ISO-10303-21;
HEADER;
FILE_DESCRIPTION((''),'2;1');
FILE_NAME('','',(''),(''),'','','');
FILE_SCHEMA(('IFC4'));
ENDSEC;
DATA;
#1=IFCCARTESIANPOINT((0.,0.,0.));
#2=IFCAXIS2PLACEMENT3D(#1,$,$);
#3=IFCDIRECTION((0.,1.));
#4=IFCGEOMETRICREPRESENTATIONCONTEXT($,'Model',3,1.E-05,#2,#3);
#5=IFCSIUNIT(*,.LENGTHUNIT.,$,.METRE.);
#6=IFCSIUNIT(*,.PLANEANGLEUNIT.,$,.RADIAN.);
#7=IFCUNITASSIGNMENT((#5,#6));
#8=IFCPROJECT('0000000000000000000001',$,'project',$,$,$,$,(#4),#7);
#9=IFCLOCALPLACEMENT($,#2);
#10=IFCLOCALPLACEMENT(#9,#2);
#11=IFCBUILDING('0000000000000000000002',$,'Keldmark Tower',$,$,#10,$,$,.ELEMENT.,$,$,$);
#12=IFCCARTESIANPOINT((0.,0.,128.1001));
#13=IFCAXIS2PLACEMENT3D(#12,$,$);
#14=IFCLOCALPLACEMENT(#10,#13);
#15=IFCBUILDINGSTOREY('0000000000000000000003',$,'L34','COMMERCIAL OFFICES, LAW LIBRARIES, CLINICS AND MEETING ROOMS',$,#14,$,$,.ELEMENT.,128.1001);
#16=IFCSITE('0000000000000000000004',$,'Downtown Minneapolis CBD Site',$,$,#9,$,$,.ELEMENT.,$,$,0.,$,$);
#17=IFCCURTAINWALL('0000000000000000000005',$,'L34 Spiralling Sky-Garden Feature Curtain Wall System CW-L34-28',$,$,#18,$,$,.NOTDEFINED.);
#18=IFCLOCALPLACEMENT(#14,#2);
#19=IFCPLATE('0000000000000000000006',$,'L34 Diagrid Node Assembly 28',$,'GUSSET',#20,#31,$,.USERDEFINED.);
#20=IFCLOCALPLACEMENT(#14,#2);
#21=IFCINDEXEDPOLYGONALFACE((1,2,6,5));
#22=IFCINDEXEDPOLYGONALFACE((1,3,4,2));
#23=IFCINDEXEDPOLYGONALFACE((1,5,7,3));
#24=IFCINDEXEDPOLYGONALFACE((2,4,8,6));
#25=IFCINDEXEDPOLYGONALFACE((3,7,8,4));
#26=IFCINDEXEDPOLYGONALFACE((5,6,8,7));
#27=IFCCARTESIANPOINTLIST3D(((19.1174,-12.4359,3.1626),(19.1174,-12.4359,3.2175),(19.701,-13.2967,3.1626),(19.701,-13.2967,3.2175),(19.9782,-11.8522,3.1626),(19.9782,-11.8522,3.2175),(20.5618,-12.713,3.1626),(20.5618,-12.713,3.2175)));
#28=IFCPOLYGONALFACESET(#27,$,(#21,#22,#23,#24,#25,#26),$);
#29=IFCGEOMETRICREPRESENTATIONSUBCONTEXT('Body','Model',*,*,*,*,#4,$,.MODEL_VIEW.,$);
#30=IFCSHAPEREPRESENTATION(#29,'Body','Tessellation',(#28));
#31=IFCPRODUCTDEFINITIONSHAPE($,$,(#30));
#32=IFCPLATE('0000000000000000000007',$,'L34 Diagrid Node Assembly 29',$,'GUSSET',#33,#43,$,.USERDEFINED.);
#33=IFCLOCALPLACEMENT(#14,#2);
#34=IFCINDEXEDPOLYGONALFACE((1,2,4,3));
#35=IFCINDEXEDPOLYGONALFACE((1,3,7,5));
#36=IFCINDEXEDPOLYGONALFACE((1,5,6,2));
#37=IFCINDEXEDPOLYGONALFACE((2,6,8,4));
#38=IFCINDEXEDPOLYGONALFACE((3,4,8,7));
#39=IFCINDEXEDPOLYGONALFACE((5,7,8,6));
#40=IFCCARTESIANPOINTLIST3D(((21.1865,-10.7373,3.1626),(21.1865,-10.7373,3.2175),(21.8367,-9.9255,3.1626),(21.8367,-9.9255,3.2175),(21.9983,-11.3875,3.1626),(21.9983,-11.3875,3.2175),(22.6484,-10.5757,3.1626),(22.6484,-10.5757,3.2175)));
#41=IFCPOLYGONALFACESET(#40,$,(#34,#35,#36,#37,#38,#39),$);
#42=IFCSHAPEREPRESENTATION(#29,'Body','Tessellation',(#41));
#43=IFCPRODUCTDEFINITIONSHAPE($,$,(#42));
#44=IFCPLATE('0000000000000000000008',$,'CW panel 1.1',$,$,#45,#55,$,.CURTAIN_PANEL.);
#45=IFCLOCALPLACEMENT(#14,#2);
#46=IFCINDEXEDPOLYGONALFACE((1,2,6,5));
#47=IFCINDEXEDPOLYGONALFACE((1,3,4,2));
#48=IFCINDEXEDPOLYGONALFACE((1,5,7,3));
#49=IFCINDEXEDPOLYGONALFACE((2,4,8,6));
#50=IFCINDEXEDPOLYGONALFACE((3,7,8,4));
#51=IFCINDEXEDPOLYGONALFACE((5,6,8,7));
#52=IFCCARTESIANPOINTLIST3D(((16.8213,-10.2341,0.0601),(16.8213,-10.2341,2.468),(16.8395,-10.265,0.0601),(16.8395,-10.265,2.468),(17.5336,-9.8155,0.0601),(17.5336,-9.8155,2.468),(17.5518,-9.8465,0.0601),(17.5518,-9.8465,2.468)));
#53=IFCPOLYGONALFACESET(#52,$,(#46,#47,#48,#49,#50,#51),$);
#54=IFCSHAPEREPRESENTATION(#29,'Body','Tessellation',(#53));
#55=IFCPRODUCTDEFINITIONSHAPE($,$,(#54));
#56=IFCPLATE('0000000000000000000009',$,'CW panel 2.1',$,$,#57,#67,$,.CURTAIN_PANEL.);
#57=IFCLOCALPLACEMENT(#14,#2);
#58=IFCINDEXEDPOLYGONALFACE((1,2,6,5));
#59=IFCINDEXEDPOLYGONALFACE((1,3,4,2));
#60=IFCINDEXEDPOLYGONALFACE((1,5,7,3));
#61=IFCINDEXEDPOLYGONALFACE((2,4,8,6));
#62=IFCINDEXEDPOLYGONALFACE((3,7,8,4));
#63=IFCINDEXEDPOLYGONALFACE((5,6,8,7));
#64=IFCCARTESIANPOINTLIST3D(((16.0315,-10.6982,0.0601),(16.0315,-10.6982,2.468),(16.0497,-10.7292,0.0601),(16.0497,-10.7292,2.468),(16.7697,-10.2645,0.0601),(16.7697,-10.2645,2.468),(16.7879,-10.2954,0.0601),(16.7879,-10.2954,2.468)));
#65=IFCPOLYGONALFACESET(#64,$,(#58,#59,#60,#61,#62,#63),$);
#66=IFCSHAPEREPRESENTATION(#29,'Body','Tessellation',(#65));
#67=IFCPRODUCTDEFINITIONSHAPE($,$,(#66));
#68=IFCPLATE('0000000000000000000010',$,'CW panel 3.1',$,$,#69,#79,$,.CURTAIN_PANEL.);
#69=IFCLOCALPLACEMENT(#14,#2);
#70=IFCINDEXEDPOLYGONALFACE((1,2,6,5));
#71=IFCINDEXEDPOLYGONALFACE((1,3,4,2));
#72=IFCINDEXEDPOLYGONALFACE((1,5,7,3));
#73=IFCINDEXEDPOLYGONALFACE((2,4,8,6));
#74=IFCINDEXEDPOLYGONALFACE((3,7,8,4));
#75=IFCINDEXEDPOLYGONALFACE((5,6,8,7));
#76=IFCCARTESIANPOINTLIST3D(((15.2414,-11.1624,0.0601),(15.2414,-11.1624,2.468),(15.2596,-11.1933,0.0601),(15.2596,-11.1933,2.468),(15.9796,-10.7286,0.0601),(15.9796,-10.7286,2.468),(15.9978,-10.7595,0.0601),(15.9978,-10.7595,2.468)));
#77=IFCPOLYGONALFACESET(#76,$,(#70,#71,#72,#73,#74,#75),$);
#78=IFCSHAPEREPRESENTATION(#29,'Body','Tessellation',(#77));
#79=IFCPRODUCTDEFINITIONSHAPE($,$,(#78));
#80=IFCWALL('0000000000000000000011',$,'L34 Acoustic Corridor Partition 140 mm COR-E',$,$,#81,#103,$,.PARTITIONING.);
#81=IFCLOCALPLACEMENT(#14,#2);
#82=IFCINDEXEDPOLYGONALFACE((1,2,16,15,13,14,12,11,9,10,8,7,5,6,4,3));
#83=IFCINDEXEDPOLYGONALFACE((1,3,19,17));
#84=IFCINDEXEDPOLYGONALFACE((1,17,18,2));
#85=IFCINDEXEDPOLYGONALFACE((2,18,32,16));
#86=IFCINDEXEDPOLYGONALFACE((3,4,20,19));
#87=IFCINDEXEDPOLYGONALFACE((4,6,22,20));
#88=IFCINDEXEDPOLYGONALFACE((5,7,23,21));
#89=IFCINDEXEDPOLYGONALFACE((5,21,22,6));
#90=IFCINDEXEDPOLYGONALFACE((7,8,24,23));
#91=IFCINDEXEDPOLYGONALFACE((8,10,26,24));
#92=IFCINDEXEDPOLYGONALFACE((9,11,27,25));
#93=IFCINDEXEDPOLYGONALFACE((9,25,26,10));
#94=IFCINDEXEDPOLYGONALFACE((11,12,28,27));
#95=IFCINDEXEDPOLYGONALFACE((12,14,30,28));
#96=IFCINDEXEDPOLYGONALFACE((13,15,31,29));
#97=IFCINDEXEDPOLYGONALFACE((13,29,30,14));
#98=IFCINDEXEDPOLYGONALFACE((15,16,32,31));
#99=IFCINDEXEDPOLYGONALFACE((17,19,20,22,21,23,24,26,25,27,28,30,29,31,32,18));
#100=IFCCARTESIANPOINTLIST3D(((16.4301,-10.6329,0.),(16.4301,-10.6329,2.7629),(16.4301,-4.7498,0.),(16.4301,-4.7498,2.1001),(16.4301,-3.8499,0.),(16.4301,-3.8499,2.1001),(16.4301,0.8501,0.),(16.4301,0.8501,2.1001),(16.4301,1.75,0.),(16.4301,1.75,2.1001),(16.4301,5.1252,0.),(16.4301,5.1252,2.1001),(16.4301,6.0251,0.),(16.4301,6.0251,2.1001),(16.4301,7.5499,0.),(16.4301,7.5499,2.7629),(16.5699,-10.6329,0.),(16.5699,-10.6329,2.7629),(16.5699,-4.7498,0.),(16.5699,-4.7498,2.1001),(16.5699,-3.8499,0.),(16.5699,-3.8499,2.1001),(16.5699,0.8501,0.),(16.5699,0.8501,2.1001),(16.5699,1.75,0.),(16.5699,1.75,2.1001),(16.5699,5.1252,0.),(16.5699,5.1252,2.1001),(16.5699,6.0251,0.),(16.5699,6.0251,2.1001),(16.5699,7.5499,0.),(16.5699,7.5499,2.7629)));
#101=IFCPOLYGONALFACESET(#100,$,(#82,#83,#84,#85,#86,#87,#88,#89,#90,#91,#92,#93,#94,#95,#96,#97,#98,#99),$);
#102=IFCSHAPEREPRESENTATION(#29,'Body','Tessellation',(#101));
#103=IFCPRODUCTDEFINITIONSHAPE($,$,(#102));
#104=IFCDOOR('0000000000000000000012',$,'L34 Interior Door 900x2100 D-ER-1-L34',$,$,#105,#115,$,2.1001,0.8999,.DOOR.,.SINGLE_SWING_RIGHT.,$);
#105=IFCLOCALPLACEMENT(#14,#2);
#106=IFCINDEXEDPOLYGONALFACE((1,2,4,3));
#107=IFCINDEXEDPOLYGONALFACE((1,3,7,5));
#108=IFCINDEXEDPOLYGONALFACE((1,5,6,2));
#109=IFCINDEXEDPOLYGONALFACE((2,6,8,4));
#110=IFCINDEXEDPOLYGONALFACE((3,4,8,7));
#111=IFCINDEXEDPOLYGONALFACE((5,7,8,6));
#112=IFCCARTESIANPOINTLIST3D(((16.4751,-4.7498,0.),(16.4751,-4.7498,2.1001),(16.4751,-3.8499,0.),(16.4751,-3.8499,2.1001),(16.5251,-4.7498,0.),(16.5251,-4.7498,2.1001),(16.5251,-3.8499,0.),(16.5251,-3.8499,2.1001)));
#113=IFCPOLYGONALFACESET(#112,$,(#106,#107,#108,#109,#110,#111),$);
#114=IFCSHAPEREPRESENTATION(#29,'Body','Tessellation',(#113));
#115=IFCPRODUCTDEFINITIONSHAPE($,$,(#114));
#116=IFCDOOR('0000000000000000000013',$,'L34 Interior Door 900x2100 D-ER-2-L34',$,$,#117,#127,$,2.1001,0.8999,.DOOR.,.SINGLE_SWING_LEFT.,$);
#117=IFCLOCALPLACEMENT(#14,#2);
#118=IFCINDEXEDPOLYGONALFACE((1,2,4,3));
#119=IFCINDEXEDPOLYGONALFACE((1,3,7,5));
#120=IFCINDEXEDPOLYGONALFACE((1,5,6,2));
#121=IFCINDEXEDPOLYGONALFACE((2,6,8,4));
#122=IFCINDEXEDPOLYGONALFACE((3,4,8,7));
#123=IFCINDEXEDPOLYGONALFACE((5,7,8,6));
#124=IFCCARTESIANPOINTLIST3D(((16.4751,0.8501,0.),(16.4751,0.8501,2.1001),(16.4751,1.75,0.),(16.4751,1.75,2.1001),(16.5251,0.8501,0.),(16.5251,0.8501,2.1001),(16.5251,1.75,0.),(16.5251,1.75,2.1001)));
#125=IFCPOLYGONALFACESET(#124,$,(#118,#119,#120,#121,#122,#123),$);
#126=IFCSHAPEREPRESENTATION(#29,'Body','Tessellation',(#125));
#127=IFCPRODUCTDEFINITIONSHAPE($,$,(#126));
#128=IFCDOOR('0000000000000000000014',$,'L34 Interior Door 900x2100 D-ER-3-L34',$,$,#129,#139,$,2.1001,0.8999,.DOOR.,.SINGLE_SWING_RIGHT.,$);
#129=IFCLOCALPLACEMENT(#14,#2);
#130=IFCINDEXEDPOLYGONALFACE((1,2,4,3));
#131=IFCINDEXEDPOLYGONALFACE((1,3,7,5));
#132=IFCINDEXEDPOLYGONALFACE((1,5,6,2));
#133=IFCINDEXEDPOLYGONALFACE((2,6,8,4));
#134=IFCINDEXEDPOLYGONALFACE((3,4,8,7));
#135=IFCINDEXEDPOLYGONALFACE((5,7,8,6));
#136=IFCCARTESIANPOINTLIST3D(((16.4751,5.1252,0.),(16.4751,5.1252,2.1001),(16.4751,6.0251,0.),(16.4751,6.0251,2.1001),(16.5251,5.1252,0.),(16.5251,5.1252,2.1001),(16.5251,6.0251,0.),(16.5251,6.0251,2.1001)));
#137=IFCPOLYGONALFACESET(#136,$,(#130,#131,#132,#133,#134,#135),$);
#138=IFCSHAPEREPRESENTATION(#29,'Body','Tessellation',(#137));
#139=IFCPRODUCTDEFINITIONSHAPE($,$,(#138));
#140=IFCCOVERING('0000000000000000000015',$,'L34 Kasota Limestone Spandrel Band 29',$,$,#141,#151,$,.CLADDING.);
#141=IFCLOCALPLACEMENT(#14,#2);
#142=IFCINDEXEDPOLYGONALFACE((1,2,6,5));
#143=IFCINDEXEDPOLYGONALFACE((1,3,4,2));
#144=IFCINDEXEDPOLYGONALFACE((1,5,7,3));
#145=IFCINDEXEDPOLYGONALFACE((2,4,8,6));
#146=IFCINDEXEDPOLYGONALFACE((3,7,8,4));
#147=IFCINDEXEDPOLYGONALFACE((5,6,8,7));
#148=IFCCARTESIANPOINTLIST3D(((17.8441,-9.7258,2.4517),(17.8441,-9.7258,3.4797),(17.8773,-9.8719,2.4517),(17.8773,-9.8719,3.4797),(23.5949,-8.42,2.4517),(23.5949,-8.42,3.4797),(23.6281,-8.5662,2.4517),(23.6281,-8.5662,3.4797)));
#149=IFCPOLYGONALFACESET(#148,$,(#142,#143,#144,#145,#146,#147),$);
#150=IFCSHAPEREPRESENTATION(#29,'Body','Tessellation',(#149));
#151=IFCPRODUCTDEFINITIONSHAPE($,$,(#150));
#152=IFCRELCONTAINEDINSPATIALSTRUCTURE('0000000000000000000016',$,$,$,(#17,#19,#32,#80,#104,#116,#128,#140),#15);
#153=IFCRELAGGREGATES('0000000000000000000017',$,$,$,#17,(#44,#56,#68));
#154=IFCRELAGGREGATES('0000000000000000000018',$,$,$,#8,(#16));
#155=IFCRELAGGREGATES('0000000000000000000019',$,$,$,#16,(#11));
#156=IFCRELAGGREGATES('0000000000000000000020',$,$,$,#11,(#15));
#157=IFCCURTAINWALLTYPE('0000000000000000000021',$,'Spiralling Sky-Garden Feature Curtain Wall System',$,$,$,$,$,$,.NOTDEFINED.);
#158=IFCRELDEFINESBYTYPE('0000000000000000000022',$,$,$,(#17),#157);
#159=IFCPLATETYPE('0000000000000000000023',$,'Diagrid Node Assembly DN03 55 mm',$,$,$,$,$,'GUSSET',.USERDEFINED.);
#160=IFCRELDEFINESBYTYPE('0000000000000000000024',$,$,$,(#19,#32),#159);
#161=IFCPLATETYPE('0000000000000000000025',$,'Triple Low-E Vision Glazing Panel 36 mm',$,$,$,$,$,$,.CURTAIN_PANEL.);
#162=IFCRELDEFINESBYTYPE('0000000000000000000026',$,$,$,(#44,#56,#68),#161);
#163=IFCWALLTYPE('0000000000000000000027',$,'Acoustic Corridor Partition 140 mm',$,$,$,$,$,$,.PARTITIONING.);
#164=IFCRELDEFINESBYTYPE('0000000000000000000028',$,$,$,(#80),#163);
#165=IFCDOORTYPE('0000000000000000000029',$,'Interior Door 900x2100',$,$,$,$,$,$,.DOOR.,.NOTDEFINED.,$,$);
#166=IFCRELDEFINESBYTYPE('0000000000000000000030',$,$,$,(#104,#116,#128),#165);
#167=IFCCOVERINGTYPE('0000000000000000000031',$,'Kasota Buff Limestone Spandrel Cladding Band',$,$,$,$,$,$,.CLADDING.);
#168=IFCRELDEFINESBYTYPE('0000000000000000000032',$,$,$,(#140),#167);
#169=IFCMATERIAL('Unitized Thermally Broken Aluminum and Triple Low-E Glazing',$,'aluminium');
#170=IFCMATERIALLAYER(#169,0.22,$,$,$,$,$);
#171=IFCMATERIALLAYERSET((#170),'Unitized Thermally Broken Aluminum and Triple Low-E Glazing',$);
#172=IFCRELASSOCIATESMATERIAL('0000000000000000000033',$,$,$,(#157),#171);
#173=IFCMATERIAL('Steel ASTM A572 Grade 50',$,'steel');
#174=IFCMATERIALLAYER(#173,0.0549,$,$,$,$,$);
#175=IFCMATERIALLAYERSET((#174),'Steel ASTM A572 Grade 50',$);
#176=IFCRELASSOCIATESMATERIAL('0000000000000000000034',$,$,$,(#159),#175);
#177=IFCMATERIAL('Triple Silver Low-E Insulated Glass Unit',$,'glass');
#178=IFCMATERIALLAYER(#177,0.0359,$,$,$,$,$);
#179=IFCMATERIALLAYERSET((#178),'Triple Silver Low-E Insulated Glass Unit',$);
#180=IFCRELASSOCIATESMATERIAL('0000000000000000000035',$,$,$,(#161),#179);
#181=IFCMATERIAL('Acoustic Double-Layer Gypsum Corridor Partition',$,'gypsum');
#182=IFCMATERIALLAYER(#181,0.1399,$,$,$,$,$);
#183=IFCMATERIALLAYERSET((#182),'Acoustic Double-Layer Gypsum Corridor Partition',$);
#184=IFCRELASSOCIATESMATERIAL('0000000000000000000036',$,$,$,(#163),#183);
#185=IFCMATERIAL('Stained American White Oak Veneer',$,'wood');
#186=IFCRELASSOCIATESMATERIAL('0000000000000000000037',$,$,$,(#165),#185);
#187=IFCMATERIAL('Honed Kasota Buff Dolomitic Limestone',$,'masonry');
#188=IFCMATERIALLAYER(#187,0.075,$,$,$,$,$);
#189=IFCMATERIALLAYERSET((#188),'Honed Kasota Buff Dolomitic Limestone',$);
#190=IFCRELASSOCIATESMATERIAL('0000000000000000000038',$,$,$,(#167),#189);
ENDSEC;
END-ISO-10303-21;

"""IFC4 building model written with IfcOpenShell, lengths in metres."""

from ifc_helpers import new_model, si_unit, direction, frame, frame_2d, origin, origin_2d, place, context, subcontext, project, spatial, rectangle, extrude, material, layer, layer_set, type_object, element, fill, aggregate, save


model = new_model("IFC4")

# Units and contexts
model_context = context("Model", 3, precision=1e-05, world=origin(), true_north=direction((0.0, 1.0)))
body_context = subcontext(model_context, "Body", "Model", "MODEL_VIEW")
ifc_project = project(units=[si_unit("LENGTHUNIT", "METRE"), si_unit("PLANEANGLEUNIT", "RADIAN")], contexts=[model_context])

# Site, building, storey
site_placement = place(None, origin())
site = spatial("IfcSite", under=ifc_project, at=site_placement, Name="Downtown Minneapolis CBD Site", CompositionType="ELEMENT", RefElevation=0.0)
building_placement = place(site_placement, origin())
building = spatial("IfcBuilding", under=site, at=building_placement, Name="Keldmark Tower", CompositionType="ELEMENT")
storey_placement = place(building_placement, frame((0.0, 0.0, 128.1001)))
storey = spatial("IfcBuildingStorey", under=building, at=storey_placement, Name="L34", Description="COMMERCIAL OFFICES, LAW LIBRARIES, CLINICS AND MEETING ROOMS", CompositionType="ELEMENT", Elevation=128.1001)

# Curtain wall
ifc_material_1 = material(Name="Unitized Thermally Broken Aluminum and Triple Low-E Glazing", Category="aluminium")
ifc_layer_1 = layer(ifc_material_1, 0.22)
ifc_layer_set_1 = layer_set([ifc_layer_1], Name="Unitized Thermally Broken Aluminum and Triple Low-E Glazing")
curtain_wall_type = type_object("IfcCurtainWallType", Name="Spiralling Sky-Garden Feature Curtain Wall System", PredefinedType="NOTDEFINED", material=ifc_layer_set_1)
curtain_wall_placement = place(storey_placement, origin())
curtain_wall = element("IfcCurtainWall", 1, at=curtain_wall_placement, inside=storey, type_object=curtain_wall_type, Name="L34 Spiralling Sky-Garden Feature Curtain Wall System CW-L34-28", PredefinedType="NOTDEFINED")

# Plates
ifc_material_2 = material(Name="Steel ASTM A572 Grade 50", Category="steel")
ifc_layer_2 = layer(ifc_material_2, 0.0549)
ifc_layer_set_2 = layer_set([ifc_layer_2], Name="Steel ASTM A572 Grade 50")
plate_type_1 = type_object("IfcPlateType", Name="Diagrid Node Assembly DN03 55 mm", ElementType="GUSSET", PredefinedType="USERDEFINED", material=ifc_layer_set_2)
for number, where, z_axis, x_axis, name in (
    (2, (19.8396, -12.5745, 3.1626), (0.0, 0.0, 1.0), (0.827669, 0.561217, 0.0), "L34 Diagrid Node Assembly 28"),
    (3, (21.9175, -10.6565, 3.1626), (0.0, 0.0, 1.0), (0.625106, 0.78054, 0.0), "L34 Diagrid Node Assembly 29"),
):
    element("IfcPlate", number, at=place(storey_placement, frame(where, z_axis=z_axis, x_axis=x_axis)), inside=storey, type_object=plate_type_1, Name=name, ObjectType="GUSSET", PredefinedType="USERDEFINED", context=body_context, shape_type="SweptSolid", body=[
        extrude(rectangle(XDim=1.04, YDim=1.04, at=origin_2d()), origin(), (0.0, 0.0, 1.0), 0.0549),
    ])

# Plates
ifc_material_3 = material(Name="Triple Silver Low-E Insulated Glass Unit", Category="glass")
ifc_layer_3 = layer(ifc_material_3, 0.0359)
ifc_layer_set_3 = layer_set([ifc_layer_3], Name="Triple Silver Low-E Insulated Glass Unit")
plate_type_2 = type_object("IfcPlateType", Name="Triple Low-E Vision Glazing Panel 36 mm", PredefinedType="CURTAIN_PANEL", material=ifc_layer_set_3)
plate_1_placement = place(storey_placement, frame((17.1865, -10.0403, 0.0601), z_axis=(0.0, 0.0, 1.0), x_axis=(-0.862166, -0.506625, 0.0)))
plate_1 = element("IfcPlate", 4, at=plate_1_placement, type_object=plate_type_2, Name="CW panel 1.1", PredefinedType="CURTAIN_PANEL", context=body_context, shape_type="SweptSolid", body=[
    extrude(rectangle(XDim=0.8262, YDim=0.0359, at=origin_2d()), origin(), (0.0, 0.0, 1.0), 2.408),
])
plate_2_placement = place(storey_placement, frame((16.4097, -10.4968, 0.0601), z_axis=(0.0, 0.0, 1.0), x_axis=(-0.862166, -0.506625, 0.0)))
plate_2 = element("IfcPlate", 5, at=plate_2_placement, type_object=plate_type_2, Name="CW panel 2.1", PredefinedType="CURTAIN_PANEL", context=body_context, shape_type="SweptSolid", body=[
    extrude(rectangle(XDim=0.8562, YDim=0.0359, at=origin_2d()), origin(), (0.0, 0.0, 1.0), 2.408),
])
plate_3_placement = place(storey_placement, frame((15.6196, -10.9609, 0.0601), z_axis=(0.0, 0.0, 1.0), x_axis=(-0.862166, -0.506625, 0.0)))
plate_3 = element("IfcPlate", 6, at=plate_3_placement, type_object=plate_type_2, Name="CW panel 3.1", PredefinedType="CURTAIN_PANEL", context=body_context, shape_type="SweptSolid", body=[
    extrude(rectangle(XDim=0.8562, YDim=0.0359, at=origin_2d()), origin(), (0.0, 0.0, 1.0), 2.408),
])
aggregate(curtain_wall, [plate_1, plate_2, plate_3])

# Wall, openings, doors
ifc_material_4 = material(Name="Acoustic Double-Layer Gypsum Corridor Partition", Category="gypsum")
ifc_layer_4 = layer(ifc_material_4, 0.1399)
ifc_layer_set_4 = layer_set([ifc_layer_4], Name="Acoustic Double-Layer Gypsum Corridor Partition")
wall_type = type_object("IfcWallType", Name="Acoustic Corridor Partition 140 mm", PredefinedType="PARTITIONING", material=ifc_layer_set_4)
wall_placement = place(storey_placement, frame((16.5, -10.6328, 0.0), z_axis=(0.0, 0.0, 1.0), x_axis=(0.0, 1.0, 0.0)))
wall = element("IfcWall", 7, at=wall_placement, inside=storey, type_object=wall_type, Name="L34 Acoustic Corridor Partition 140 mm COR-E", PredefinedType="PARTITIONING", context=body_context, shape_type="SweptSolid", body=[
    extrude(rectangle(XDim=18.1829, YDim=0.1399, at=frame_2d((9.0913, 0.0))), origin(), (0.0, 0.0, 1.0), 2.7629),
])
opening_1_placement = place(wall_placement, frame((5.8831, 0.0, 0.0)))
opening_1 = element("IfcOpeningElement", 8, at=opening_1_placement, cuts=wall, PredefinedType="OPENING", context=body_context, shape_type="SweptSolid", body=[
    extrude(rectangle(XDim=0.8999, YDim=2.1001, at=frame_2d((0.45, 1.05))), frame((0.0, 0.0798, 0.0), z_axis=(0.0, -1.0, 0.0), x_axis=(1.0, 0.0, 0.0)), (0.0, 0.0, 1.0), 0.1599),
])
opening_2_placement = place(wall_placement, frame((11.4829, 0.0, 0.0)))
opening_2 = element("IfcOpeningElement", 9, at=opening_2_placement, cuts=wall, PredefinedType="OPENING", context=body_context, shape_type="SweptSolid", body=[
    extrude(rectangle(XDim=0.8999, YDim=2.1001, at=frame_2d((0.45, 1.05))), frame((0.0, 0.0798, 0.0), z_axis=(0.0, -1.0, 0.0), x_axis=(1.0, 0.0, 0.0)), (0.0, 0.0, 1.0), 0.1599),
])
opening_3_placement = place(wall_placement, frame((15.7581, 0.0, 0.0)))
opening_3 = element("IfcOpeningElement", 10, at=opening_3_placement, cuts=wall, PredefinedType="OPENING", context=body_context, shape_type="SweptSolid", body=[
    extrude(rectangle(XDim=0.8999, YDim=2.1001, at=frame_2d((0.45, 1.05))), frame((0.0, 0.0798, 0.0), z_axis=(0.0, -1.0, 0.0), x_axis=(1.0, 0.0, 0.0)), (0.0, 0.0, 1.0), 0.1599),
])
ifc_material_5 = material(Name="Stained American White Oak Veneer", Category="wood")
door_type = type_object("IfcDoorType", Name="Interior Door 900x2100", OperationType="NOTDEFINED", PredefinedType="DOOR", material=ifc_material_5)
door_1_placement = place(opening_1_placement, origin())
door_1 = element("IfcDoor", 11, at=door_1_placement, inside=storey, type_object=door_type, Name="L34 Interior Door 900x2100 D-ER-1-L34", OperationType="SINGLE_SWING_RIGHT", OverallHeight=2.1001, OverallWidth=0.8999, PredefinedType="DOOR", context=body_context, shape_type="SweptSolid", body=[
    extrude(rectangle(XDim=0.8999, YDim=2.1001, at=frame_2d((0.45, 1.05))), frame((0.0, 0.0249, 0.0), z_axis=(0.0, -1.0, 0.0), x_axis=(1.0, 0.0, 0.0)), (0.0, 0.0, 1.0), 0.05),
])
fill(opening_1, door_1)
door_2_placement = place(opening_2_placement, origin())
door_2 = element("IfcDoor", 12, at=door_2_placement, inside=storey, type_object=door_type, Name="L34 Interior Door 900x2100 D-ER-2-L34", OperationType="SINGLE_SWING_LEFT", OverallHeight=2.1001, OverallWidth=0.8999, PredefinedType="DOOR", context=body_context, shape_type="SweptSolid", body=[
    extrude(rectangle(XDim=0.8999, YDim=2.1001, at=frame_2d((0.45, 1.05))), frame((0.0, 0.0249, 0.0), z_axis=(0.0, -1.0, 0.0), x_axis=(1.0, 0.0, 0.0)), (0.0, 0.0, 1.0), 0.05),
])
fill(opening_2, door_2)
door_3_placement = place(opening_3_placement, origin())
door_3 = element("IfcDoor", 13, at=door_3_placement, inside=storey, type_object=door_type, Name="L34 Interior Door 900x2100 D-ER-3-L34", OperationType="SINGLE_SWING_RIGHT", OverallHeight=2.1001, OverallWidth=0.8999, PredefinedType="DOOR", context=body_context, shape_type="SweptSolid", body=[
    extrude(rectangle(XDim=0.8999, YDim=2.1001, at=frame_2d((0.45, 1.05))), frame((0.0, 0.0249, 0.0), z_axis=(0.0, -1.0, 0.0), x_axis=(1.0, 0.0, 0.0)), (0.0, 0.0, 1.0), 0.05),
])
fill(opening_3, door_3)

# Covering
ifc_material_6 = material(Name="Honed Kasota Buff Dolomitic Limestone", Category="masonry")
ifc_layer_5 = layer(ifc_material_6, 0.075)
ifc_layer_set_5 = layer_set([ifc_layer_5], Name="Honed Kasota Buff Dolomitic Limestone")
covering_type = type_object("IfcCoveringType", Name="Kasota Buff Limestone Spandrel Cladding Band", PredefinedType="CLADDING", material=ifc_layer_set_5)
covering_placement = place(storey_placement, frame((20.7361, -9.146, 2.4517), z_axis=(0.0, 0.0, 1.0), x_axis=(0.97518, 0.221412, 0.0)))
element("IfcCovering", 14, at=covering_placement, inside=storey, type_object=covering_type, Name="L34 Kasota Limestone Spandrel Band 29", PredefinedType="CLADDING", context=body_context, shape_type="SweptSolid", body=[
    extrude(rectangle(XDim=5.8972, YDim=0.1499, at=origin_2d()), origin(), (0.0, 0.0, 1.0), 1.0281),
])

save(model, "model.ifc")
